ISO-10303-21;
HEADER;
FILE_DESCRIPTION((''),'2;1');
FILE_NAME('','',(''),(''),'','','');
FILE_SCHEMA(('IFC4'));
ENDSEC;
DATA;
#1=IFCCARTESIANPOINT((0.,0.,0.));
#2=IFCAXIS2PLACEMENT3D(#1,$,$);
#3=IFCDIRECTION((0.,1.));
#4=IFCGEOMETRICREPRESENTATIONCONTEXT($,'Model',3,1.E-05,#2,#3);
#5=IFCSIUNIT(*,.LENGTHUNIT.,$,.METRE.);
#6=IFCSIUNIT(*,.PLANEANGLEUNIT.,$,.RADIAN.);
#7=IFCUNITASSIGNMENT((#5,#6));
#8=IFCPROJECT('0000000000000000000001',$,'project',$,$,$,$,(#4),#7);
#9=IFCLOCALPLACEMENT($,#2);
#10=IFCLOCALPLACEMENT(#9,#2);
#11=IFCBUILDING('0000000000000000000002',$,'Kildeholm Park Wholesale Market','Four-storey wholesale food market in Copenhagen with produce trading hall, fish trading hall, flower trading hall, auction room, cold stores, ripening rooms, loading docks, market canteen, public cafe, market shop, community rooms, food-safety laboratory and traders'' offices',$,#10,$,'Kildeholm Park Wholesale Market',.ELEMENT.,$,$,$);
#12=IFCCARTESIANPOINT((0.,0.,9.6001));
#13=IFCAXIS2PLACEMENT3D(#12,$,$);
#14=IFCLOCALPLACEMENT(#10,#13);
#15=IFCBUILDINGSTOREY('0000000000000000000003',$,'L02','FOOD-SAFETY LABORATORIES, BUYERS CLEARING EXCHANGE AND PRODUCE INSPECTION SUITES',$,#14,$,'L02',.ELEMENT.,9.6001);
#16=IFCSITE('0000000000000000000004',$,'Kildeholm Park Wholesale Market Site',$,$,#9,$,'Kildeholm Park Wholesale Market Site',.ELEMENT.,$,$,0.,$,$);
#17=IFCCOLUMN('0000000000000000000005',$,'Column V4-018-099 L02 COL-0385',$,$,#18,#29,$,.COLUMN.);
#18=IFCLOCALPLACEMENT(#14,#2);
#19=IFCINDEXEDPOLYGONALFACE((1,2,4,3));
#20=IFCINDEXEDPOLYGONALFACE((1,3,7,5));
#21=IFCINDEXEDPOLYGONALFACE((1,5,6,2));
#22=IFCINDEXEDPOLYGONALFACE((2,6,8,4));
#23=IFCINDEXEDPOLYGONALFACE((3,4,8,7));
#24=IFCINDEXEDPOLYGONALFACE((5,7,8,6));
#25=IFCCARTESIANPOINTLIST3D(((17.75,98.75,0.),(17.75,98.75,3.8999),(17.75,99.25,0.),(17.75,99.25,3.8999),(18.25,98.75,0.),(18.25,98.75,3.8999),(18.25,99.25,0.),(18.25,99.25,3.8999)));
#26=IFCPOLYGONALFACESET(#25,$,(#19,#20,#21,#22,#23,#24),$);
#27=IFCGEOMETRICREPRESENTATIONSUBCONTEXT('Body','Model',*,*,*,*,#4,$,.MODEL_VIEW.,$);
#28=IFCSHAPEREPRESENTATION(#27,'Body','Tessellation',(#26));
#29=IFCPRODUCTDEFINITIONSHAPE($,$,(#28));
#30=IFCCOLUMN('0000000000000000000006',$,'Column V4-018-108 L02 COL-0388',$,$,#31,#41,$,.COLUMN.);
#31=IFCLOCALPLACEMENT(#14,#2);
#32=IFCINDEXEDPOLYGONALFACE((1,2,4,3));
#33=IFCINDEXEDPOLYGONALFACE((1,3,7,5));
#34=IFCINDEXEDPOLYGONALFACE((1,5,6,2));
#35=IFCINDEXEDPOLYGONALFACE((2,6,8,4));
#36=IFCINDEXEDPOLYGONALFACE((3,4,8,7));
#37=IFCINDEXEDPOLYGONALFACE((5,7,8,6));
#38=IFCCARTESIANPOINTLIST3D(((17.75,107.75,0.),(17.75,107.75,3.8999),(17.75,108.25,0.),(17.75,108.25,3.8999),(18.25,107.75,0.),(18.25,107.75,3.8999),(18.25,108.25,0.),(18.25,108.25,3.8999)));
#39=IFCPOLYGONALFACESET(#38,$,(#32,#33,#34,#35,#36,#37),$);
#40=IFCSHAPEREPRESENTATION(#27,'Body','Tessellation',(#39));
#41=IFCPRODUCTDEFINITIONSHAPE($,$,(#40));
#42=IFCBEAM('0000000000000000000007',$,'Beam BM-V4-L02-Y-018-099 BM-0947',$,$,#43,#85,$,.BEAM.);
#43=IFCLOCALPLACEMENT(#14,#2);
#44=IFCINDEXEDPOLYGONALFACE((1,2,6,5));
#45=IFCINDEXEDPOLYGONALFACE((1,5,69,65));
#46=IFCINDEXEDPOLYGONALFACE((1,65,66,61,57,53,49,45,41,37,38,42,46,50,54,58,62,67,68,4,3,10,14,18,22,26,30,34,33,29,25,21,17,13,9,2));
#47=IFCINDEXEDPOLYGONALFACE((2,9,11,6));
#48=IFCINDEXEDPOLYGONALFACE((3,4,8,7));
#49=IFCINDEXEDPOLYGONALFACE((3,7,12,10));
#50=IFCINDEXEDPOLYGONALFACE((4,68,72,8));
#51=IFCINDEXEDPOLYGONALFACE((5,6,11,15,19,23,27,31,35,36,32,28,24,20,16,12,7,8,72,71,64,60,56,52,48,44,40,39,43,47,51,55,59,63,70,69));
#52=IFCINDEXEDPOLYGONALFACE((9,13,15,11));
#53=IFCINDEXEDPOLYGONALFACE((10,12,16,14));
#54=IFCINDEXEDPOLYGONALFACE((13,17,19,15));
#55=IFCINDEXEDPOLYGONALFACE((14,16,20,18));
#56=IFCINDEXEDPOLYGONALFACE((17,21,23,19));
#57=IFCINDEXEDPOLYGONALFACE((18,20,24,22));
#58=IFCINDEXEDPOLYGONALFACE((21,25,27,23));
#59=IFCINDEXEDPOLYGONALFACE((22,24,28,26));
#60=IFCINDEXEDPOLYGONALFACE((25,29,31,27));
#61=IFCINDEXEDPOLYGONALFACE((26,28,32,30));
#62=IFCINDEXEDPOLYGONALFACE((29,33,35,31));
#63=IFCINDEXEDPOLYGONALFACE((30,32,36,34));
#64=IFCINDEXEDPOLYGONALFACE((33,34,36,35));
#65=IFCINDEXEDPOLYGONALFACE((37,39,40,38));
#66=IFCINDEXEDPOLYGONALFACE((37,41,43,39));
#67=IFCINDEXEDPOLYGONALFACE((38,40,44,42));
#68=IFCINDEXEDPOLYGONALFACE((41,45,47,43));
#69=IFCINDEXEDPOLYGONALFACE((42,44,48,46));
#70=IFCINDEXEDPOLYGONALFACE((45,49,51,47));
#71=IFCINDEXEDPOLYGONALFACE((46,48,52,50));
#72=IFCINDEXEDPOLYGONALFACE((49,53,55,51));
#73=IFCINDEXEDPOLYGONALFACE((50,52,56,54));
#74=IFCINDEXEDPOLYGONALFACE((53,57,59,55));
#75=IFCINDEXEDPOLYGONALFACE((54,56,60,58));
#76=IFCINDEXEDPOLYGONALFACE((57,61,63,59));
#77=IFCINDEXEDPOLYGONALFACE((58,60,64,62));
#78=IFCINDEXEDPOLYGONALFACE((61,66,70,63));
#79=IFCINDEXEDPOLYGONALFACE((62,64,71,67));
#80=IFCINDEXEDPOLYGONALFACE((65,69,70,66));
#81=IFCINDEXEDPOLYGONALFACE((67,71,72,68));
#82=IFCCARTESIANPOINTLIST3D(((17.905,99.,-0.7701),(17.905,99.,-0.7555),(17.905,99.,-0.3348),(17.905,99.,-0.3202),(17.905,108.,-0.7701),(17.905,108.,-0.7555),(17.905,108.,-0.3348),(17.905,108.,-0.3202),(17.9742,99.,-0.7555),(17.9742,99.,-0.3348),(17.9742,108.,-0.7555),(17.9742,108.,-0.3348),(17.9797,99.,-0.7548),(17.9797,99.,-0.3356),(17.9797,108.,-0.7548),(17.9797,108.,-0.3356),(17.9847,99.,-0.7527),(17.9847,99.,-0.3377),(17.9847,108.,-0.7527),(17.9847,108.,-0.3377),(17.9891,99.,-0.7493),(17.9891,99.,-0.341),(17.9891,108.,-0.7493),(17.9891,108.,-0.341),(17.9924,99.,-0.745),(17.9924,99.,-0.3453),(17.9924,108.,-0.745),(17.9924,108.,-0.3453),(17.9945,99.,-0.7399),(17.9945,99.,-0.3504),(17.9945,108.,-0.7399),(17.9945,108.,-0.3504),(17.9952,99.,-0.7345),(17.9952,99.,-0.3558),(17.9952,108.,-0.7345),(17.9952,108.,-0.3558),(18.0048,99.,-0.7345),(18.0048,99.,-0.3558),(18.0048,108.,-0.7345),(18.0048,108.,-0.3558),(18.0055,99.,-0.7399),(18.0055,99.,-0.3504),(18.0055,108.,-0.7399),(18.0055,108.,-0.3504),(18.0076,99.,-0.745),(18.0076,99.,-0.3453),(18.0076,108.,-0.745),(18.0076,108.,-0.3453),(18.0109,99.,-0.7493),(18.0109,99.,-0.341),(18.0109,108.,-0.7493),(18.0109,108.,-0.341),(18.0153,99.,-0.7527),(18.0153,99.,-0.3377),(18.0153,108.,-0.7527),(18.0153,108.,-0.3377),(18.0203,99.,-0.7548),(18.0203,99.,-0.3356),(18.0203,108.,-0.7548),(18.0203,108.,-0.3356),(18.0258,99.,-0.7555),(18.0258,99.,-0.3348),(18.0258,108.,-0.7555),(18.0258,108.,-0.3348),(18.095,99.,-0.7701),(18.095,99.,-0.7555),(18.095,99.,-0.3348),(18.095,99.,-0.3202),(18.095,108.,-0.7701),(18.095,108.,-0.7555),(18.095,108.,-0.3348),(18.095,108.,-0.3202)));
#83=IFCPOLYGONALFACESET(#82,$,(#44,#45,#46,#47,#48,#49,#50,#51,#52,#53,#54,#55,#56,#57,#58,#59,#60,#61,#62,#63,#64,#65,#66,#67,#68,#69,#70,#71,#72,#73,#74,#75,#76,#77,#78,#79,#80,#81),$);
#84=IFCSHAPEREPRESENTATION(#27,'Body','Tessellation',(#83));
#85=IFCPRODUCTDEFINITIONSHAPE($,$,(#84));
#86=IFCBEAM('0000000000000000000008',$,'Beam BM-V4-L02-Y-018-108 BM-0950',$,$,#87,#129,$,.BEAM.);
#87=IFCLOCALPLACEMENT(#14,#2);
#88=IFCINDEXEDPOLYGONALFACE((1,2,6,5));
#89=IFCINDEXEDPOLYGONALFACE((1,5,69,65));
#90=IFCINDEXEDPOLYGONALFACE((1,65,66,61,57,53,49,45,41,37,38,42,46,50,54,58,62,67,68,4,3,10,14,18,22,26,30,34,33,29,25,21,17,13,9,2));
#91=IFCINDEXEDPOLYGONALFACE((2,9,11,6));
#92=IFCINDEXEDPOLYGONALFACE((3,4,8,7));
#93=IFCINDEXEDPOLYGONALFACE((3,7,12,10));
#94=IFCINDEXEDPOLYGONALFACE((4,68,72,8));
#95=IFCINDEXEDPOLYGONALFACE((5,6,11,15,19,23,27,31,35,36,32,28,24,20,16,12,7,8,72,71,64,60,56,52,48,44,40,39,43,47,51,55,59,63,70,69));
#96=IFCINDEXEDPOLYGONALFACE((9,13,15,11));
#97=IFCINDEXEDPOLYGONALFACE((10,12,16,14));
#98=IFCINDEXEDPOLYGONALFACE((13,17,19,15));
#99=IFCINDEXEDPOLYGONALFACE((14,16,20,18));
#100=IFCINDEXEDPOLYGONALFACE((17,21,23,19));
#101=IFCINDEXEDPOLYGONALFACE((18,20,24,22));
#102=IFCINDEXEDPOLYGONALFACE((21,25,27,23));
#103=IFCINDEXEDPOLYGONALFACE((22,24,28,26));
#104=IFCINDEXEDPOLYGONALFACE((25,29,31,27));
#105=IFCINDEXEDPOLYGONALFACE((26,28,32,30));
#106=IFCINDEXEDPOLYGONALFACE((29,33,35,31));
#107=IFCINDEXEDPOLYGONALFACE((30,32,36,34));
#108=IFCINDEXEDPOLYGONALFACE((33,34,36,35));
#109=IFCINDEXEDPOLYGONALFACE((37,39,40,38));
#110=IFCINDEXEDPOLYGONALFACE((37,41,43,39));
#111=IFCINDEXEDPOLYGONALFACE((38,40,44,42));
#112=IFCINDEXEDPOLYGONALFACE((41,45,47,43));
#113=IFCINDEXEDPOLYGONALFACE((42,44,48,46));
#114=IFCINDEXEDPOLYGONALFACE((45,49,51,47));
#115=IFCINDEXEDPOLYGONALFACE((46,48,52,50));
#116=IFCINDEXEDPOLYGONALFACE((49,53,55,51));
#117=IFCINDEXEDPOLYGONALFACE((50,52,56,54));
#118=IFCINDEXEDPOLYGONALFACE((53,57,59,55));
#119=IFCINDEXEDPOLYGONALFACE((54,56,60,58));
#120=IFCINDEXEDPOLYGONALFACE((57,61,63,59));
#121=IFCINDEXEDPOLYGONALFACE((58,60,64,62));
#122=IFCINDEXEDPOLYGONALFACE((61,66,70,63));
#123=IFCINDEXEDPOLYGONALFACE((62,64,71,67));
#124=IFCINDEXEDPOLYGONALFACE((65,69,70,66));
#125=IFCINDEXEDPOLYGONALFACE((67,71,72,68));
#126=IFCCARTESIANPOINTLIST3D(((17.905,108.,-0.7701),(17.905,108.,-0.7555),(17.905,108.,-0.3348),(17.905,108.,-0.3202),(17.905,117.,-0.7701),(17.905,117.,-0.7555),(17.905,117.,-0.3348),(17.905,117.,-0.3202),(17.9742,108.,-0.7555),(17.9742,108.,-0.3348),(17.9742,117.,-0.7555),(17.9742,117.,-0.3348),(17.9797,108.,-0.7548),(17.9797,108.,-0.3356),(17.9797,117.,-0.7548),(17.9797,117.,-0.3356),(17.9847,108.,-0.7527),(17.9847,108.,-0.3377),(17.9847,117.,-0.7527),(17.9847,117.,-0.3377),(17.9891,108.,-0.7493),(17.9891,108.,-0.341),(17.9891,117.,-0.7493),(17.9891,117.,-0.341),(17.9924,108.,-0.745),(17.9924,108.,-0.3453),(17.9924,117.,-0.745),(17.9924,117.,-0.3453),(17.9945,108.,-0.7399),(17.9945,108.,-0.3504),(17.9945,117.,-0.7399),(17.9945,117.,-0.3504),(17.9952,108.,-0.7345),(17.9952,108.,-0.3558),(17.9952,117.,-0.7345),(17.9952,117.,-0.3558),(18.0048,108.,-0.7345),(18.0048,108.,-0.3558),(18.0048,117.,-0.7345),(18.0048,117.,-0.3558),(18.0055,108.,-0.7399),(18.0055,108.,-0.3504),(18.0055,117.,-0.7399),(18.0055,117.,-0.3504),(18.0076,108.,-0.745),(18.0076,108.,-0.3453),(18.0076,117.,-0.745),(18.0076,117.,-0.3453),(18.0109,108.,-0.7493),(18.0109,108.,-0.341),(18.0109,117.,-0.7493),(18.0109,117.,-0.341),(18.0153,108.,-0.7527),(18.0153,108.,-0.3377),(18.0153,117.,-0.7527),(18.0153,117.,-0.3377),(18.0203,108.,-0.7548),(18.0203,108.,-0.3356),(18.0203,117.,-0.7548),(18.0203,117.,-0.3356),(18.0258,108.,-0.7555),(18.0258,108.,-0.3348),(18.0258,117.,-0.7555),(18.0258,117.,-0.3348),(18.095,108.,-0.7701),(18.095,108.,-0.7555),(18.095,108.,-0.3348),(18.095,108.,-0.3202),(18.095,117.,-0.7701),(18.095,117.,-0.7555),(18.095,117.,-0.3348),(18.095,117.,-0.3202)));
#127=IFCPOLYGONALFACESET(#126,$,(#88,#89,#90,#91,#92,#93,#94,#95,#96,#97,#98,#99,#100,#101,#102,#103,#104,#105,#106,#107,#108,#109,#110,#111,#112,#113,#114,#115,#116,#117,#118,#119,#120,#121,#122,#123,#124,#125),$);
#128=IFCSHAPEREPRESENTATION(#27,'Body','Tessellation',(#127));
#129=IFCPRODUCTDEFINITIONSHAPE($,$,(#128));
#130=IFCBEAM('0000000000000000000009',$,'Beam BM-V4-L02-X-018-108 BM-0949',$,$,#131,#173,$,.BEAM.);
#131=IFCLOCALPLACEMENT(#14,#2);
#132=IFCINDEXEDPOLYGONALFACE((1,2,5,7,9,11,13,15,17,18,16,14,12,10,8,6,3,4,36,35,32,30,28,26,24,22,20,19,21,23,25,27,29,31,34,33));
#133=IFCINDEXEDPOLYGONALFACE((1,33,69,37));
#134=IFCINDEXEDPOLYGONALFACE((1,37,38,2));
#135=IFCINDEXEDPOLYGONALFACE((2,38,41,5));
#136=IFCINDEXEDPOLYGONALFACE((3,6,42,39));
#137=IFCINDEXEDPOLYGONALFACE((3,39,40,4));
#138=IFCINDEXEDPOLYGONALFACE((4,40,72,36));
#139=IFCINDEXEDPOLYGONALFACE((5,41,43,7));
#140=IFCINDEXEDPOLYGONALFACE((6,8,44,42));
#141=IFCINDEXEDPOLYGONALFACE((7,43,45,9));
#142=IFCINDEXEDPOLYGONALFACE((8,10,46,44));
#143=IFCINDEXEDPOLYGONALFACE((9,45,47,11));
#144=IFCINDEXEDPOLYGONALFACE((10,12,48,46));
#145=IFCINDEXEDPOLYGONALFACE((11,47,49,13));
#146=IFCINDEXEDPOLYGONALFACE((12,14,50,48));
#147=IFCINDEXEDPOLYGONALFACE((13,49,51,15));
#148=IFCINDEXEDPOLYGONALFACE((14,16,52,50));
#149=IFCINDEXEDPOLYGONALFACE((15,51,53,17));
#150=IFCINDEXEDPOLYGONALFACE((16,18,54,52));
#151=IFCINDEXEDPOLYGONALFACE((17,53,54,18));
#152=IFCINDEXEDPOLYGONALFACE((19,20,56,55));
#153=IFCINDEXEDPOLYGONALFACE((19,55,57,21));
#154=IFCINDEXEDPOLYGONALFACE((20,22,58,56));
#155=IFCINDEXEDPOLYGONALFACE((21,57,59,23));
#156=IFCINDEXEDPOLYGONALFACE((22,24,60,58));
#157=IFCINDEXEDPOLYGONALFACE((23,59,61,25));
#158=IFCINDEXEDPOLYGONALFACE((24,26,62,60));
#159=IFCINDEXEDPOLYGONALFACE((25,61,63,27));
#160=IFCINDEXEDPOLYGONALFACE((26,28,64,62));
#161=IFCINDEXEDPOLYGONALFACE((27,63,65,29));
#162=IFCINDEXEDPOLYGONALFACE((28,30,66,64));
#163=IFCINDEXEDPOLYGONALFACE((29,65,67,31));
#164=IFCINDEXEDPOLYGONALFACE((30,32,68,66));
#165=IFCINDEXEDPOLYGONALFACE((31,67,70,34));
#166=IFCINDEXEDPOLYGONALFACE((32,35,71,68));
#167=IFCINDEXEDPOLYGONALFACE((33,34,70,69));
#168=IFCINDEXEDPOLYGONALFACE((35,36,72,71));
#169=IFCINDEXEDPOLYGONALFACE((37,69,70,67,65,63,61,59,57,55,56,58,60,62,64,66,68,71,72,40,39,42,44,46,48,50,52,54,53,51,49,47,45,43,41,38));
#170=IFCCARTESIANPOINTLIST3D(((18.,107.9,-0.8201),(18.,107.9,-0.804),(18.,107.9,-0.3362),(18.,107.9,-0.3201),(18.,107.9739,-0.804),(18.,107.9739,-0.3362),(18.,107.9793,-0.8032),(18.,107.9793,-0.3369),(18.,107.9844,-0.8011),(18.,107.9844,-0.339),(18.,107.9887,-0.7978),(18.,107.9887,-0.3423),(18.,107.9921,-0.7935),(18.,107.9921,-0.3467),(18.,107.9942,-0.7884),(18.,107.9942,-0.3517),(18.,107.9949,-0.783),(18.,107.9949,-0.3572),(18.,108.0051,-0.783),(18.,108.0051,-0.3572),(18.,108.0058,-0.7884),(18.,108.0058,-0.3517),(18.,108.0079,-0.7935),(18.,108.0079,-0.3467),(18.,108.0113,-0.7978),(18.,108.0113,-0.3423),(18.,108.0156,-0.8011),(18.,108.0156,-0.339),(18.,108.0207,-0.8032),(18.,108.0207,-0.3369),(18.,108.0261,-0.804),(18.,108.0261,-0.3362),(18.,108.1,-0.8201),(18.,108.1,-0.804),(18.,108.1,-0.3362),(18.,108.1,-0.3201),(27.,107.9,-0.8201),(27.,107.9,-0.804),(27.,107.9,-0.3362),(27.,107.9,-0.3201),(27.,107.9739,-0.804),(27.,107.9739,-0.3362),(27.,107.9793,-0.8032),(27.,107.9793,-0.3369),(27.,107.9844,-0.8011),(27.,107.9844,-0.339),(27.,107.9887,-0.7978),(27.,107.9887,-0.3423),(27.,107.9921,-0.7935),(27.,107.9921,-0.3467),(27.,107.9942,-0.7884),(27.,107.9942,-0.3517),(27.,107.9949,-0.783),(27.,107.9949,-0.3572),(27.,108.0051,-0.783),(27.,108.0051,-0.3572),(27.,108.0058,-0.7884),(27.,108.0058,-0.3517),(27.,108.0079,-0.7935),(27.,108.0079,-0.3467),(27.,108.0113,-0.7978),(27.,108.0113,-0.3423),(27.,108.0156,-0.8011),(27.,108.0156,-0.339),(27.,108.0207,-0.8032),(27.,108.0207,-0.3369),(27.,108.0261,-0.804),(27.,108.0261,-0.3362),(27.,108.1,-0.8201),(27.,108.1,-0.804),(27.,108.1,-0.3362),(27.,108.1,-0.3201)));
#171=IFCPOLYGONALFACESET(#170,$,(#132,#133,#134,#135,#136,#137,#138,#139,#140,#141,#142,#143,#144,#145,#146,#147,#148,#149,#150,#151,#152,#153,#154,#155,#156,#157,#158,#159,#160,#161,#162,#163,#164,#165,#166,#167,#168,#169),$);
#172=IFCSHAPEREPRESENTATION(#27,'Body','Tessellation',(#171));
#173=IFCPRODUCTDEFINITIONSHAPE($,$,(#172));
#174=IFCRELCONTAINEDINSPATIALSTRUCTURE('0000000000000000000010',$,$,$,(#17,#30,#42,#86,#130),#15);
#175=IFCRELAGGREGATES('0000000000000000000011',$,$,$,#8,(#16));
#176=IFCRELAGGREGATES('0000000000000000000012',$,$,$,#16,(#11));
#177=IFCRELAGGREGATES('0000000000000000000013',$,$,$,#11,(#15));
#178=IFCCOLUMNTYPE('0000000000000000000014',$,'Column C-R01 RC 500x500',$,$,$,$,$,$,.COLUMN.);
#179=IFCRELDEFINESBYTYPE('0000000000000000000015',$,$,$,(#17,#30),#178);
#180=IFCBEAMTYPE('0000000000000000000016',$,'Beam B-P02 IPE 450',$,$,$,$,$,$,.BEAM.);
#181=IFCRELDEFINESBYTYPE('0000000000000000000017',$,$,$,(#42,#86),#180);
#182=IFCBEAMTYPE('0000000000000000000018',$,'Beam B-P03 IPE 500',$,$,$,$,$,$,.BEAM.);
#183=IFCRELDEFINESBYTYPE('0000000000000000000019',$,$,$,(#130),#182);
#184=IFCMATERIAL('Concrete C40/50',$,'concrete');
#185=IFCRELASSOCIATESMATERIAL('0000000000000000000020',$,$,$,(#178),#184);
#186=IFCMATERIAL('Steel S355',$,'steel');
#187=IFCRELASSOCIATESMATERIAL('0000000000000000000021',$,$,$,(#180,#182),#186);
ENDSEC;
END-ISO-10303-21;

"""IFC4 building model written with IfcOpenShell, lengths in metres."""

from ifc_helpers import new_model, si_unit, direction, frame, origin, origin_2d, place, context, subcontext, project, spatial, rectangle, i_section, extrude, material, material_profile, profile_set, type_object, element, save


model = new_model("IFC4")

# Units and contexts
model_context = context("Model", 3, precision=1e-05, world=origin(), true_north=direction((0.0, 1.0)))
body_context = subcontext(model_context, "Body", "Model", "MODEL_VIEW")
ifc_project = project(units=[si_unit("LENGTHUNIT", "METRE"), si_unit("PLANEANGLEUNIT", "RADIAN")], contexts=[model_context])

# Site, building, storey
site_placement = place(None, origin())
site = spatial("IfcSite", under=ifc_project, at=site_placement, Name="Kildeholm Park Wholesale Market Site", LongName="Kildeholm Park Wholesale Market Site", CompositionType="ELEMENT", RefElevation=0.0)
building_placement = place(site_placement, origin())
building = spatial("IfcBuilding", under=site, at=building_placement, Name="Kildeholm Park Wholesale Market", Description="Four-storey wholesale food market in Copenhagen with produce trading hall, fish trading hall, flower trading hall, auction room, cold stores, ripening rooms, loading docks, market canteen, public cafe, market shop, community rooms, food-safety laboratory and traders' offices", LongName="Kildeholm Park Wholesale Market", CompositionType="ELEMENT")
storey_placement = place(building_placement, frame((0.0, 0.0, 9.6001)))
storey = spatial("IfcBuildingStorey", under=building, at=storey_placement, Name="L02", Description="FOOD-SAFETY LABORATORIES, BUYERS CLEARING EXCHANGE AND PRODUCE INSPECTION SUITES", LongName="L02", CompositionType="ELEMENT", Elevation=9.6001)

# Columns
ifc_material_1 = material(Name="Concrete C40/50", Category="concrete")
ifc_material_profile_1 = material_profile(ifc_material_1, rectangle(XDim=0.5, YDim=0.5, at=origin_2d()), Name="RC 500x500")
ifc_profile_set_1 = profile_set([ifc_material_profile_1], Name="Concrete C40/50")
column_type = type_object("IfcColumnType", Name="Column C-R01 RC 500x500", PredefinedType="COLUMN", material=ifc_profile_set_1)
for number, where, z_axis, x_axis, name in (
    (1, (18.0, 99.0, 0.0), (0.0, 0.0, 1.0), (1.0, 0.0, 0.0), "Column V4-018-099 L02 COL-0385"),
    (2, (18.0, 108.0, 0.0), (0.0, 0.0, 1.0), (1.0, 0.0, 0.0), "Column V4-018-108 L02 COL-0388"),
):
    element("IfcColumn", number, at=place(storey_placement, frame(where, z_axis=z_axis, x_axis=x_axis)), inside=storey, type_object=column_type, Name=name, PredefinedType="COLUMN", context=body_context, shape_type="SweptSolid", body=[
        extrude(rectangle(XDim=0.5, YDim=0.5, at=origin_2d()), origin(), (0.0, 0.0, 1.0), 3.8999),
    ])

# Beams
ifc_material_2 = material(Name="Steel S355", Category="steel")
ifc_material_profile_2 = material_profile(ifc_material_2, i_section(OverallWidth=0.1899, OverallDepth=0.45, WebThickness=0.0095, FlangeThickness=0.0146, FilletRadius=0.021, at=origin_2d()), Name="IPE 450")
ifc_profile_set_2 = profile_set([ifc_material_profile_2], Name="Steel S355")
beam_type_1 = type_object("IfcBeamType", Name="Beam B-P02 IPE 450", PredefinedType="BEAM", material=ifc_profile_set_2)
for number, where, z_axis, x_axis, name in (
    (3, (18.0, 99.0, -0.5452), (0.0, 1.0, 0.0), (-1.0, 0.0, 0.0), "Beam BM-V4-L02-Y-018-099 BM-0947"),
    (4, (18.0, 108.0, -0.5452), (0.0, 1.0, 0.0), (-1.0, 0.0, 0.0), "Beam BM-V4-L02-Y-018-108 BM-0950"),
):
    element("IfcBeam", number, at=place(storey_placement, frame(where, z_axis=z_axis, x_axis=x_axis)), inside=storey, type_object=beam_type_1, Name=name, PredefinedType="BEAM", context=body_context, shape_type="SweptSolid", body=[
        extrude(i_section(OverallWidth=0.1899, OverallDepth=0.45, WebThickness=0.0095, FlangeThickness=0.0146, FilletRadius=0.021, at=origin_2d()), origin(), (0.0, 0.0, 1.0), 9.0),
    ])
ifc_material_profile_3 = material_profile(ifc_material_2, i_section(OverallWidth=0.2, OverallDepth=0.5, WebThickness=0.0103, FlangeThickness=0.0161, FilletRadius=0.021, at=origin_2d()), Name="IPE 500")
ifc_profile_set_3 = profile_set([ifc_material_profile_3], Name="Steel S355")
beam_type_2 = type_object("IfcBeamType", Name="Beam B-P03 IPE 500", PredefinedType="BEAM", material=ifc_profile_set_3)
beam_1_placement = place(storey_placement, frame((18.0, 108.0, -0.5701), z_axis=(1.0, 0.0, 0.0), x_axis=(0.0, 1.0, 0.0)))
element("IfcBeam", 5, at=beam_1_placement, inside=storey, type_object=beam_type_2, Name="Beam BM-V4-L02-X-018-108 BM-0949", PredefinedType="BEAM", context=body_context, shape_type="SweptSolid", body=[
    extrude(i_section(OverallWidth=0.2, OverallDepth=0.5, WebThickness=0.0103, FlangeThickness=0.0161, FilletRadius=0.021, at=origin_2d()), origin(), (0.0, 0.0, 1.0), 9.0),
])

save(model, "model.ifc")
